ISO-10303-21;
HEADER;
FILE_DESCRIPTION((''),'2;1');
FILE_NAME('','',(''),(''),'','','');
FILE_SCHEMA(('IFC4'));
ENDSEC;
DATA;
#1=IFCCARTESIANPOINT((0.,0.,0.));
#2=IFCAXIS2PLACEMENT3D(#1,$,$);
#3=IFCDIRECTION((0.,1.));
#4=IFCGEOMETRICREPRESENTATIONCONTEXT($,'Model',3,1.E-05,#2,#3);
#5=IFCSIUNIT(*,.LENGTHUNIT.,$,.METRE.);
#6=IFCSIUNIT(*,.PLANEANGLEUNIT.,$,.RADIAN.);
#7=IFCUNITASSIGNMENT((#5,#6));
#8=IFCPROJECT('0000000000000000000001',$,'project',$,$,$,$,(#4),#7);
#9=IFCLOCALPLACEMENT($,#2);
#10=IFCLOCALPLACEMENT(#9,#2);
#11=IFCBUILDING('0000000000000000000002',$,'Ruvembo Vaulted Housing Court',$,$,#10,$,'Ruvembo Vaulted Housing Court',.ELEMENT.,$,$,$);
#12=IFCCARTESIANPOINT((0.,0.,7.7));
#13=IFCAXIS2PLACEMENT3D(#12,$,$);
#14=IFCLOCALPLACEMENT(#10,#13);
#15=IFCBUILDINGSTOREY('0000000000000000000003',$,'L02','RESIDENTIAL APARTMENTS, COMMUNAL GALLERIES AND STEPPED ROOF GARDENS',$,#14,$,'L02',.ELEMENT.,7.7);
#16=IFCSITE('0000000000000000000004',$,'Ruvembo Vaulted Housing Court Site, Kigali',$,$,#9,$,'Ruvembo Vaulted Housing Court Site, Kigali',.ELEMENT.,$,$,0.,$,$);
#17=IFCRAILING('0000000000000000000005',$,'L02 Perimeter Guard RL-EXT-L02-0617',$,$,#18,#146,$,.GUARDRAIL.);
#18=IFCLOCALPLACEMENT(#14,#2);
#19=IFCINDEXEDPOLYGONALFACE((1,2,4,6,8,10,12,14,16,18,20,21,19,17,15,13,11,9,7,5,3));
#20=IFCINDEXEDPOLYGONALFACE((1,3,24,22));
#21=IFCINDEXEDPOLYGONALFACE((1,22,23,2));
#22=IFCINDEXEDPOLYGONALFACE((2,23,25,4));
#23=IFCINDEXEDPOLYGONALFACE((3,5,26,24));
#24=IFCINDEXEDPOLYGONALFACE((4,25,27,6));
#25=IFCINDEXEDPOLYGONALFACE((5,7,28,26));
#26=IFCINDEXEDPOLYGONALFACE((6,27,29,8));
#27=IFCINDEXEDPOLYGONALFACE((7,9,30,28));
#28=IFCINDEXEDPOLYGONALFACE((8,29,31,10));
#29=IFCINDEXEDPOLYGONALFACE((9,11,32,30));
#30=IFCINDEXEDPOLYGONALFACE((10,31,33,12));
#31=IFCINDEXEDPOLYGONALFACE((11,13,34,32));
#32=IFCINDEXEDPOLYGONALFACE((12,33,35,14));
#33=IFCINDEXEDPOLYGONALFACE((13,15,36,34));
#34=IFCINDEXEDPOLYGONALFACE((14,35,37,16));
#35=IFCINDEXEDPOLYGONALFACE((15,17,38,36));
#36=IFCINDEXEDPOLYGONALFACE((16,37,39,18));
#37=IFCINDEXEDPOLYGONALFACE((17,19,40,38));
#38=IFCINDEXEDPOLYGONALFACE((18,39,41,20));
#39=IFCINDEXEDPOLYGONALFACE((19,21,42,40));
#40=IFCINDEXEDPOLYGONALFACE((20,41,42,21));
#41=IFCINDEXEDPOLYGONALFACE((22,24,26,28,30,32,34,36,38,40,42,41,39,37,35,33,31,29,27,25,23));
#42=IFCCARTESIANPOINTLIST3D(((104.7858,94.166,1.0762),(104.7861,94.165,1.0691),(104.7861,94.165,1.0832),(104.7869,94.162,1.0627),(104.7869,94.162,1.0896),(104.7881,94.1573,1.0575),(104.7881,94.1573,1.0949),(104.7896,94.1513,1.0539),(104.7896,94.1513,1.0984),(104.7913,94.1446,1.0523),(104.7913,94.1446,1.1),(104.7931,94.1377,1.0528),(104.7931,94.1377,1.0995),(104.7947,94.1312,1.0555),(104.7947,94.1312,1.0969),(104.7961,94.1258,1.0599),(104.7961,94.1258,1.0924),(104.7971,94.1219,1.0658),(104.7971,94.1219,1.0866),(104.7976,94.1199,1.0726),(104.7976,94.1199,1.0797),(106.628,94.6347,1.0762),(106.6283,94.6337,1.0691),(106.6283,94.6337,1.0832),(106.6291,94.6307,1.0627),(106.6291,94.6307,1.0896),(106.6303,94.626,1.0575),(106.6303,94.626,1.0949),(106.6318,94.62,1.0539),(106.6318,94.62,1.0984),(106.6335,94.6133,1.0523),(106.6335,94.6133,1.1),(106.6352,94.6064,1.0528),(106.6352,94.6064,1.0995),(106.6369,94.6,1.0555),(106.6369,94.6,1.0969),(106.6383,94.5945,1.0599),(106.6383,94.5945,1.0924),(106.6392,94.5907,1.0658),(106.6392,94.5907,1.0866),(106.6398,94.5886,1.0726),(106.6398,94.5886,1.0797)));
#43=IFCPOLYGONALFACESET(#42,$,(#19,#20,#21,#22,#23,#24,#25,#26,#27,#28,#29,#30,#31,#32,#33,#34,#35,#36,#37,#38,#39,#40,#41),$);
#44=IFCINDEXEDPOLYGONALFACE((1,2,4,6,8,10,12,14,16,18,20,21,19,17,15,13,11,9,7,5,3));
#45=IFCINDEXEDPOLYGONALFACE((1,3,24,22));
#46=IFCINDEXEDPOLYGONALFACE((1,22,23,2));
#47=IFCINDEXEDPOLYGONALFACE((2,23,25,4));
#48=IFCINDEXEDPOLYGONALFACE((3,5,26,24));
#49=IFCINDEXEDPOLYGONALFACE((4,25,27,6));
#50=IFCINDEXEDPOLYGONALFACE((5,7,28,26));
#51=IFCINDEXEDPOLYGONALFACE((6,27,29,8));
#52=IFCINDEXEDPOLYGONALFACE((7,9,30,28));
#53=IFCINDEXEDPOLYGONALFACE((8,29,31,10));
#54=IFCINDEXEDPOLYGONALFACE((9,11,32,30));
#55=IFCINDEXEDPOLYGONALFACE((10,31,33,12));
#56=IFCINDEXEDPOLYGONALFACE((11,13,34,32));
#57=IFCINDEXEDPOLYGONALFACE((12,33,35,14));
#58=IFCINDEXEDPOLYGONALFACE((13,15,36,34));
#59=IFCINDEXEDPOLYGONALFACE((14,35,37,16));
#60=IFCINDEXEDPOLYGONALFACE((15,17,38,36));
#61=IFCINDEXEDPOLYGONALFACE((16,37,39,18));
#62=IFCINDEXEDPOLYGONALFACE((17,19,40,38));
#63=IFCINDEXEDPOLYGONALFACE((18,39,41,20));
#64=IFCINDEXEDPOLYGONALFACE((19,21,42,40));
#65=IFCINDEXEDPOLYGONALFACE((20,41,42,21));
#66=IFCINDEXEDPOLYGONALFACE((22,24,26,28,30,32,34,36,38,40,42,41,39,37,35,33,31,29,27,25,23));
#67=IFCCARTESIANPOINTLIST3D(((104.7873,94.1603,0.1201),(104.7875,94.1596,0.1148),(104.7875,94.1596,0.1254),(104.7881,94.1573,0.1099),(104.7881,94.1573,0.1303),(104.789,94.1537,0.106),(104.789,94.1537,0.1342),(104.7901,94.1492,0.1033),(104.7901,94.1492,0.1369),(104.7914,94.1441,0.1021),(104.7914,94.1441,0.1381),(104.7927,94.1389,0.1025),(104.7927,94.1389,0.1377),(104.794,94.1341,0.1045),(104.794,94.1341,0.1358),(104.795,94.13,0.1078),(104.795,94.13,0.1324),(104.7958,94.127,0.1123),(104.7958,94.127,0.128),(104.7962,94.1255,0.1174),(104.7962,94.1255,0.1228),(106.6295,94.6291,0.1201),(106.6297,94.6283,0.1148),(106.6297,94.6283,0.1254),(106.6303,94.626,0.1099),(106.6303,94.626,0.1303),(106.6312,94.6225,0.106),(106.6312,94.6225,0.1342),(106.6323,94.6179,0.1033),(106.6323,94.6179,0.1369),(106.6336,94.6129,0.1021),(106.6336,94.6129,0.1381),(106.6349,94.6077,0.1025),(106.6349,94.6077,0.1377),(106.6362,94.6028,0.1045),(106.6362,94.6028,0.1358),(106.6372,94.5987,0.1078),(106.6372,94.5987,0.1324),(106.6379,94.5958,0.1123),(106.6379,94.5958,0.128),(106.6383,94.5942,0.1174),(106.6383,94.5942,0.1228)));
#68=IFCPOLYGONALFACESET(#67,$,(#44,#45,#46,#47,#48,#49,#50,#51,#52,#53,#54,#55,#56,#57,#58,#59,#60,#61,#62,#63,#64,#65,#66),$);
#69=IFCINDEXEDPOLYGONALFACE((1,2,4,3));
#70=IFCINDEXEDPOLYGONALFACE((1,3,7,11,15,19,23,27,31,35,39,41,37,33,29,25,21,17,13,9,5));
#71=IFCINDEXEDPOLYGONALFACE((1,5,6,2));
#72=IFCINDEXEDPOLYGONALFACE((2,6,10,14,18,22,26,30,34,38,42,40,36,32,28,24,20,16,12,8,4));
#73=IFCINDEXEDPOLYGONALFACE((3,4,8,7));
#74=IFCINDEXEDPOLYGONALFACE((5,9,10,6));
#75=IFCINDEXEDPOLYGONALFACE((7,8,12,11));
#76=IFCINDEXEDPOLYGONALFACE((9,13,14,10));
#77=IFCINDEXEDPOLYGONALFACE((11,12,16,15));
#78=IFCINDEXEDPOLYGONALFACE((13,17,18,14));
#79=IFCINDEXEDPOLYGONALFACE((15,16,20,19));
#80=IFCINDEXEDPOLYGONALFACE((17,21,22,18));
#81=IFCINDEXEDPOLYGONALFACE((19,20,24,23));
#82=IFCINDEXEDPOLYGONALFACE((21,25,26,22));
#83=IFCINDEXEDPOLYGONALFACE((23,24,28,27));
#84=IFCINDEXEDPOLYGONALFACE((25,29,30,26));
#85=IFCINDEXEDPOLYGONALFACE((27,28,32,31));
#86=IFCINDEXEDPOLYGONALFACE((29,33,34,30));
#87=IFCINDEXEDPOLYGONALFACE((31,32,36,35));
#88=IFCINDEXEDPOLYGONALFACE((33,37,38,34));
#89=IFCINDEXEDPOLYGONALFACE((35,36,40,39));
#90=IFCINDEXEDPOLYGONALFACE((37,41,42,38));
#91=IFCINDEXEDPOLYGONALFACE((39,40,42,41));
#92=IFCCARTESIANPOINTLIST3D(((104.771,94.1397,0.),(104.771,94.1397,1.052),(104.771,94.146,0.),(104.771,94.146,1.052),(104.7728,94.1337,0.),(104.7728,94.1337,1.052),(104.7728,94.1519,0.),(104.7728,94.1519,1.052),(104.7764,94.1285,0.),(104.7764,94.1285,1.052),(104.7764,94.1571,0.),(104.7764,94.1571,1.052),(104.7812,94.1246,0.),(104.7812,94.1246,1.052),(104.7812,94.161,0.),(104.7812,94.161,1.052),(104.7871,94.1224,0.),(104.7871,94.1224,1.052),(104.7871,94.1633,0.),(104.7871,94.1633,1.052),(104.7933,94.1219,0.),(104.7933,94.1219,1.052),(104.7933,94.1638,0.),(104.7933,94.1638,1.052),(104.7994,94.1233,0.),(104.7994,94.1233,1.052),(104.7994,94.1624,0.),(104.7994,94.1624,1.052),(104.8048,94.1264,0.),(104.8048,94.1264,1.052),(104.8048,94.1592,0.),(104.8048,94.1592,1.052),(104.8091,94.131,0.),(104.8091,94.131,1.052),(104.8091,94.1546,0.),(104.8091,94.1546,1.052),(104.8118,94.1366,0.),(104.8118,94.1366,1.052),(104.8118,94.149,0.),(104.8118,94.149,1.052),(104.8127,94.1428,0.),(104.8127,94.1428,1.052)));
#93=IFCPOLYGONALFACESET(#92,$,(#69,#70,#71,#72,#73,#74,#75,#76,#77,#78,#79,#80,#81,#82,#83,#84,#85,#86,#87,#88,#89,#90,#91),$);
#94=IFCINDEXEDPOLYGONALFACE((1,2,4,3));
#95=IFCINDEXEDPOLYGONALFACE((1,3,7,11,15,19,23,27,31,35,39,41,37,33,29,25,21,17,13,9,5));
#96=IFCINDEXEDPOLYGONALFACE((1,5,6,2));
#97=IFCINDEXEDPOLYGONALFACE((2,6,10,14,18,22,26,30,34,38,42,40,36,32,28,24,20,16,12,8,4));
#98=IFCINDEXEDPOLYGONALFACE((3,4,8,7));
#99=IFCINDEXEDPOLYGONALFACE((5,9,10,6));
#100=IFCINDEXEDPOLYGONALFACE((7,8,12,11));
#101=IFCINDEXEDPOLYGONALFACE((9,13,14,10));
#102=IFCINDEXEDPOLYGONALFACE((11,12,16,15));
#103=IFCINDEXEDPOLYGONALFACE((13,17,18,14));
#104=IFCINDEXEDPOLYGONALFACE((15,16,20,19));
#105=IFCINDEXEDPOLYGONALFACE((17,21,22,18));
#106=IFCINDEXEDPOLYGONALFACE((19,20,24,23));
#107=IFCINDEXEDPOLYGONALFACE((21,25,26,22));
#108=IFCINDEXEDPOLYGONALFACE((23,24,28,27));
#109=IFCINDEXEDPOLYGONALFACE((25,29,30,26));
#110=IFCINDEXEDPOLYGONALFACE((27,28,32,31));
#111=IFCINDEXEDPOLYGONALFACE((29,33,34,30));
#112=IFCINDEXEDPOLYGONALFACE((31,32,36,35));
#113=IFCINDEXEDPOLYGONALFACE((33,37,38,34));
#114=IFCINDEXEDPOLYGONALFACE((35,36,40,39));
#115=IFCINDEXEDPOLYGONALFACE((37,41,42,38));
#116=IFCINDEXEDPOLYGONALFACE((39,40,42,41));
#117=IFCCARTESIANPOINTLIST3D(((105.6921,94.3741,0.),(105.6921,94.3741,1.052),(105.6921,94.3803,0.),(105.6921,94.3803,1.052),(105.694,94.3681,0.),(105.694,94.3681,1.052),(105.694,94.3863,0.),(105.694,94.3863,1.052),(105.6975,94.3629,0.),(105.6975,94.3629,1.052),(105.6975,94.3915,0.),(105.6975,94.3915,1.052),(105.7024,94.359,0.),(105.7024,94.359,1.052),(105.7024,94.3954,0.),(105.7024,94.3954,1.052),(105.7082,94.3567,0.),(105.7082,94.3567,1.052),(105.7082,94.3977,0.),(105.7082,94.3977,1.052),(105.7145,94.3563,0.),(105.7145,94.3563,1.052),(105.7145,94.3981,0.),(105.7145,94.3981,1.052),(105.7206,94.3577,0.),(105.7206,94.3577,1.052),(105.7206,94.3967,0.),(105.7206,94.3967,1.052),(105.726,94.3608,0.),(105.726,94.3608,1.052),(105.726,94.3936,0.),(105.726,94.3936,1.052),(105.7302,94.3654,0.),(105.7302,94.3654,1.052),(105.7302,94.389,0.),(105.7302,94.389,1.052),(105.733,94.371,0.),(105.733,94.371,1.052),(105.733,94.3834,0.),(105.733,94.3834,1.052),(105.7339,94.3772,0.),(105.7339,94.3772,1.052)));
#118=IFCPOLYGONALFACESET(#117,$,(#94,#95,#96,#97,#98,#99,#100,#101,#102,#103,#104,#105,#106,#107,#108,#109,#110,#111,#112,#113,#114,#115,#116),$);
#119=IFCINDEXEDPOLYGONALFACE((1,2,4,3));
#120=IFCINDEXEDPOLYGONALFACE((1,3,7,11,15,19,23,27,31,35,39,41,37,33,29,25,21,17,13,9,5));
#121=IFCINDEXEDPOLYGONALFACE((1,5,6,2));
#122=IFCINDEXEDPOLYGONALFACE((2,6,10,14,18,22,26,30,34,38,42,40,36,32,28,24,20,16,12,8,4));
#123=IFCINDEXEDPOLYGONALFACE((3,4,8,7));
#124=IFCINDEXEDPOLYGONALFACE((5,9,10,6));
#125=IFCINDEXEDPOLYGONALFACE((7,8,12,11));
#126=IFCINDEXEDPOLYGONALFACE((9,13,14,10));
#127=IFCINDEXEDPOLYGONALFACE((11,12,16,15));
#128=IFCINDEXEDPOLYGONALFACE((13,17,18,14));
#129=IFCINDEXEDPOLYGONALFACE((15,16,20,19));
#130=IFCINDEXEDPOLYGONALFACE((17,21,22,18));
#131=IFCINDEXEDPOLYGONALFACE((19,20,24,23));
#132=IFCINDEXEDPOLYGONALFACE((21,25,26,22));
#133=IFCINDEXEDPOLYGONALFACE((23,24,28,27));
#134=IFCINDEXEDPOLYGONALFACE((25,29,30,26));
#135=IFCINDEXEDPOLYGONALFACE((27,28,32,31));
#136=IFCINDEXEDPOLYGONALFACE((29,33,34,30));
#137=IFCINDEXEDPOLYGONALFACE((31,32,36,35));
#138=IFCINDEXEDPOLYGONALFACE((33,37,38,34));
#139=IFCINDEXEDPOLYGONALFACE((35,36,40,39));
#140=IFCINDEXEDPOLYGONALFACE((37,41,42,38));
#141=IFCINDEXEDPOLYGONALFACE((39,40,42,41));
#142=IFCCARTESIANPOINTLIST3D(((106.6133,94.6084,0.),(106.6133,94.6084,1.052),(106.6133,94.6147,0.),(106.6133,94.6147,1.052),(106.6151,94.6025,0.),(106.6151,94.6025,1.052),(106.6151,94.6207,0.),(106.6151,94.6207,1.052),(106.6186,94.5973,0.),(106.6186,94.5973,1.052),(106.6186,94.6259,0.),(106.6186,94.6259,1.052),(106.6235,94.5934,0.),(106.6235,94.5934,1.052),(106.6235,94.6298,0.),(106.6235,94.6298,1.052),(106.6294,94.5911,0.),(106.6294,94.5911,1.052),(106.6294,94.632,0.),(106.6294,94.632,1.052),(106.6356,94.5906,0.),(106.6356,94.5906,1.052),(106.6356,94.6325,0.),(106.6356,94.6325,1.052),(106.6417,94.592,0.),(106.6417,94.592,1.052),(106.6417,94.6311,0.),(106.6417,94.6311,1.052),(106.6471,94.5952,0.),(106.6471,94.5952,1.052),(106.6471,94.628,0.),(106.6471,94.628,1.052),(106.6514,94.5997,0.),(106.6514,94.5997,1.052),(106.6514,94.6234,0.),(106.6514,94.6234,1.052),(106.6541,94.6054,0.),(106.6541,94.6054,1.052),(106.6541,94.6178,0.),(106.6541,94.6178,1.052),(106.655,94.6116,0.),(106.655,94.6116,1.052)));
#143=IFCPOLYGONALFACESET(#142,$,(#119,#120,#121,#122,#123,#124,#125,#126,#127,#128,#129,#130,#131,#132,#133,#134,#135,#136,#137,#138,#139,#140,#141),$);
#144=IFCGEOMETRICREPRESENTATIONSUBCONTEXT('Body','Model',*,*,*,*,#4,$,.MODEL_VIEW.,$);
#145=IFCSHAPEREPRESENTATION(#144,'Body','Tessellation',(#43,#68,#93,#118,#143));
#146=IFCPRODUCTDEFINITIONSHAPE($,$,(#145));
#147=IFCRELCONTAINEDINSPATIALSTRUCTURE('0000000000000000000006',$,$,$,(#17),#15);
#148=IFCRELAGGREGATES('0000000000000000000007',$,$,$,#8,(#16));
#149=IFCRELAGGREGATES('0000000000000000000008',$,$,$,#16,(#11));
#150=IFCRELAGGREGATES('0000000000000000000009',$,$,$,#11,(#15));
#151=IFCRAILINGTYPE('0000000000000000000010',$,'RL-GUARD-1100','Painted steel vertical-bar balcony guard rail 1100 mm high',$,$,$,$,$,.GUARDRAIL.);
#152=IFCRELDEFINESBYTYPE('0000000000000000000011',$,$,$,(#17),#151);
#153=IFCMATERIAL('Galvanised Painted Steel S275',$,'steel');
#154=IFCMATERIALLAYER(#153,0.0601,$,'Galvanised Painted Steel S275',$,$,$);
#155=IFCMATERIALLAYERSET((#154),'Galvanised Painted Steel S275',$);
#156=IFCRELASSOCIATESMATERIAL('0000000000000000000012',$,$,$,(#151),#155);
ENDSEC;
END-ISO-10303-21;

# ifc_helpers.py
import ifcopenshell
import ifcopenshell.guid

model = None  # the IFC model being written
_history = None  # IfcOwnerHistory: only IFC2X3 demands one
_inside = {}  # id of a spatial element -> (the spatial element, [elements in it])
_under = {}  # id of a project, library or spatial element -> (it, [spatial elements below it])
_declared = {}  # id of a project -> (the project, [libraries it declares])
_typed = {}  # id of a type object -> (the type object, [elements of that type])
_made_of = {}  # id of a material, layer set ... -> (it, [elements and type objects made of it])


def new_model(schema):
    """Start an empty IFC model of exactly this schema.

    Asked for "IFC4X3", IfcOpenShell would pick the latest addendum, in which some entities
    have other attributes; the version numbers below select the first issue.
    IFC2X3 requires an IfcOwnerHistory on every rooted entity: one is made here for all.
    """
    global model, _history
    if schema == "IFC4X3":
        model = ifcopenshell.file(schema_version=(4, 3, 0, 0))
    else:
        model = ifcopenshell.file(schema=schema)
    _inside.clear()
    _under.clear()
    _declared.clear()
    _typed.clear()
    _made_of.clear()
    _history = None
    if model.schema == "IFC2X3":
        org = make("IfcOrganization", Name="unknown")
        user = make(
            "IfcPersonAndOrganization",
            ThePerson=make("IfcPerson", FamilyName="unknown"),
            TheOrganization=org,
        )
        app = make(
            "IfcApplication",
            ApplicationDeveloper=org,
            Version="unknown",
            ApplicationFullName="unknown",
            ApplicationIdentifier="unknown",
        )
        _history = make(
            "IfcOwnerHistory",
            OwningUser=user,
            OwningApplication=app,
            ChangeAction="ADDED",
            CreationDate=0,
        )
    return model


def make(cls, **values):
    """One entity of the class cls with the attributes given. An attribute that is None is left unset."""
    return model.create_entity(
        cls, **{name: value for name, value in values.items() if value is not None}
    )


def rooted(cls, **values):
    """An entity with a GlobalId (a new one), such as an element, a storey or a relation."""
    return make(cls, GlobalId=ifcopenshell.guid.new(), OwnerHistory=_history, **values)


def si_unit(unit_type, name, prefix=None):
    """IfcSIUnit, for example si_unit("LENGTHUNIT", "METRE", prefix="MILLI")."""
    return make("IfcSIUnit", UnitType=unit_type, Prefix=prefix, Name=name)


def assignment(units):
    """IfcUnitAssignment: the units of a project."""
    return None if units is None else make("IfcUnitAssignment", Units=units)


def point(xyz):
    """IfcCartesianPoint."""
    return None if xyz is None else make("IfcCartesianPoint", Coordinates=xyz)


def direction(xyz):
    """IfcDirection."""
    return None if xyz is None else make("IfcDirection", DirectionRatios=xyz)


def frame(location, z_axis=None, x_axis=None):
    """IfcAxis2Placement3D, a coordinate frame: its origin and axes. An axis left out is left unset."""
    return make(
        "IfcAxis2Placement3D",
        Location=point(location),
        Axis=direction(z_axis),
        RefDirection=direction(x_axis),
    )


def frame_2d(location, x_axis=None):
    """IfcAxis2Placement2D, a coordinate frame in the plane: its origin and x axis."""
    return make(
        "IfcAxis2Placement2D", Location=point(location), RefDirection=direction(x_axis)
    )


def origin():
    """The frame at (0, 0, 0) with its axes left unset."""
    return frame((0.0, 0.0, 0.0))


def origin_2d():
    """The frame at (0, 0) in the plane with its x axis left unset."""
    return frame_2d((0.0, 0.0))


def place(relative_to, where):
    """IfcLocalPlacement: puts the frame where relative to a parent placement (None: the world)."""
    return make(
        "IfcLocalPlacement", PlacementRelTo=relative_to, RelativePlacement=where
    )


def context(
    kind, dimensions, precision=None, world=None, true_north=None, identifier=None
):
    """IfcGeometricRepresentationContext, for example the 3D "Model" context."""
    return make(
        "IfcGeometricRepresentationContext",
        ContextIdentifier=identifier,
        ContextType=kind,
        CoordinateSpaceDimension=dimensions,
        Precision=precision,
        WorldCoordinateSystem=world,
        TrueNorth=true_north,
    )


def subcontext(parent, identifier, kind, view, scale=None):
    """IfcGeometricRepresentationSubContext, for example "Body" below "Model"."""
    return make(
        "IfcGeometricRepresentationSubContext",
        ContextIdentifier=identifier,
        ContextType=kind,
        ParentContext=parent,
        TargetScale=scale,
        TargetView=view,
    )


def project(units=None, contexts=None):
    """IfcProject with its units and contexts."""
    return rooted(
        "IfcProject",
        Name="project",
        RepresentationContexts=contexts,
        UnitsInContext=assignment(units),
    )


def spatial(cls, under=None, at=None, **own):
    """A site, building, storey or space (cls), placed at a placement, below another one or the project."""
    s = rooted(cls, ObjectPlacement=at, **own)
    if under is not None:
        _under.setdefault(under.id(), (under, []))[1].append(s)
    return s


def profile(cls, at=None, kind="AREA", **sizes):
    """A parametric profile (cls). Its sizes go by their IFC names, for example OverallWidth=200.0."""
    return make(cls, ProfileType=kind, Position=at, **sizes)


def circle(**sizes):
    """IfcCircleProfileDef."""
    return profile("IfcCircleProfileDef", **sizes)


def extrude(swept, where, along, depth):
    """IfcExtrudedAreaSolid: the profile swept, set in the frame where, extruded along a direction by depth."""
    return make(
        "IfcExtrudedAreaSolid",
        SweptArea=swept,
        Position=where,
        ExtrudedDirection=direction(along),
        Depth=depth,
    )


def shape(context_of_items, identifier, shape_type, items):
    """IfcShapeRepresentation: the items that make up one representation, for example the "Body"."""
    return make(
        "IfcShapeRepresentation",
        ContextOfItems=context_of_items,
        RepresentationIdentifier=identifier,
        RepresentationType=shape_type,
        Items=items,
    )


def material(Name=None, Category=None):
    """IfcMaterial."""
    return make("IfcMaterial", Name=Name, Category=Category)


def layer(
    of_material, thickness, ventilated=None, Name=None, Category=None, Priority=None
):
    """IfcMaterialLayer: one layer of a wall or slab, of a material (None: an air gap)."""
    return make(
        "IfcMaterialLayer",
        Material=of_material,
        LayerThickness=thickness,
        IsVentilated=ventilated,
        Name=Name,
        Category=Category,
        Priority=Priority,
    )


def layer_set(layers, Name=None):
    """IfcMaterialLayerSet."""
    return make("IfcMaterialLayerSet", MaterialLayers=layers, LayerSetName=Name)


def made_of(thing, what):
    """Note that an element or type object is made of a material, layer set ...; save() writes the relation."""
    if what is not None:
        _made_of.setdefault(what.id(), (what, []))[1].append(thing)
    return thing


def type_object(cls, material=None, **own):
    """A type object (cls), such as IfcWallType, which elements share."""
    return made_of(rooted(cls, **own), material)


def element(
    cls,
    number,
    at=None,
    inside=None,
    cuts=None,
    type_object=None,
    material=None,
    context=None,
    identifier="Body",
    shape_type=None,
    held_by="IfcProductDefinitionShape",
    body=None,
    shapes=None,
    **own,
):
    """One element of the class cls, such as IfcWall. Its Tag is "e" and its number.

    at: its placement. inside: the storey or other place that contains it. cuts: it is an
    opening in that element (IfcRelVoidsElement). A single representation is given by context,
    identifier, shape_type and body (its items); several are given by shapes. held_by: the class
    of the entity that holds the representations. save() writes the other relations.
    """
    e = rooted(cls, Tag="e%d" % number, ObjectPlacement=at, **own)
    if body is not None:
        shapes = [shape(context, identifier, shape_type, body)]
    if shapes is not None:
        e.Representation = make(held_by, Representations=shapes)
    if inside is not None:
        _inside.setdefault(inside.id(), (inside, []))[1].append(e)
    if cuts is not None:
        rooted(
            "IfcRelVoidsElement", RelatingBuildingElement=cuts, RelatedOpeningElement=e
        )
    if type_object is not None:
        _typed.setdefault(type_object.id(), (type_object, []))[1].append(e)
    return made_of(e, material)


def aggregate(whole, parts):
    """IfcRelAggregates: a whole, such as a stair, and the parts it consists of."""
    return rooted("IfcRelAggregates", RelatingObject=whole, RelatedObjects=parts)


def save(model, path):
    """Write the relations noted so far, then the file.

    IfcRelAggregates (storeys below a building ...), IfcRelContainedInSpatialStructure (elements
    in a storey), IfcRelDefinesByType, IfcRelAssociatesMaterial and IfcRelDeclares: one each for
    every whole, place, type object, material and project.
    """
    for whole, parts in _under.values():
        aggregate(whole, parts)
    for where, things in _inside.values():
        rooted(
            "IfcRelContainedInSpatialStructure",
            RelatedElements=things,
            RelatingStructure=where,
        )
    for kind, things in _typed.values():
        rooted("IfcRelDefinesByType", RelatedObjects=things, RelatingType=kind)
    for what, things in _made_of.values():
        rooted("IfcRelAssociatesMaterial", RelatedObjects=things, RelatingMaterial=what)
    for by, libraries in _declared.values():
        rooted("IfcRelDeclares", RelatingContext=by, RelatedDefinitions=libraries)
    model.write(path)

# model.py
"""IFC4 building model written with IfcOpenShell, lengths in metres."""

from ifc_helpers import new_model, si_unit, direction, frame, origin, origin_2d, place, context, subcontext, project, spatial, circle, extrude, material, layer, layer_set, type_object, element, save


model = new_model("IFC4")

# Units and contexts
model_context = context("Model", 3, precision=1e-05, world=origin(), true_north=direction((0.0, 1.0)))
body_context = subcontext(model_context, "Body", "Model", "MODEL_VIEW")
ifc_project = project(units=[si_unit("LENGTHUNIT", "METRE"), si_unit("PLANEANGLEUNIT", "RADIAN")], contexts=[model_context])

# Site, building, storey
site_placement = place(None, origin())
site = spatial("IfcSite", under=ifc_project, at=site_placement, Name="Ruvembo Vaulted Housing Court Site, Kigali", LongName="Ruvembo Vaulted Housing Court Site, Kigali", CompositionType="ELEMENT", RefElevation=0.0)
building_placement = place(site_placement, origin())
building = spatial("IfcBuilding", under=site, at=building_placement, Name="Ruvembo Vaulted Housing Court", LongName="Ruvembo Vaulted Housing Court", CompositionType="ELEMENT")
storey_placement = place(building_placement, frame((0.0, 0.0, 7.7)))
storey = spatial("IfcBuildingStorey", under=building, at=storey_placement, Name="L02", Description="RESIDENTIAL APARTMENTS, COMMUNAL GALLERIES AND STEPPED ROOF GARDENS", LongName="L02", CompositionType="ELEMENT", Elevation=7.7)

# Railing
ifc_material_1 = material(Name="Galvanised Painted Steel S275", Category="steel")
ifc_layer = layer(ifc_material_1, 0.0601, Name="Galvanised Painted Steel S275")
ifc_layer_set = layer_set([ifc_layer], Name="Galvanised Painted Steel S275")
railing_type = type_object("IfcRailingType", Name="RL-GUARD-1100", Description="Painted steel vertical-bar balcony guard rail 1100 mm high", PredefinedType="GUARDRAIL", material=ifc_layer_set)
railing_1_placement = place(storey_placement, frame((104.7917, 94.1428, 0.0)))
element("IfcRailing", 1, at=railing_1_placement, inside=storey, type_object=railing_type, Name="L02 Perimeter Guard RL-EXT-L02-0617", PredefinedType="GUARDRAIL", context=body_context, shape_type="SweptSolid", body=[
    extrude(circle(Radius=0.0239, at=origin_2d()), frame((0.0, 0.0, 1.0762), z_axis=(0.969122, 0.246583, 0.0), x_axis=(-0.246583, 0.969122, 0.0)), (0.0, 0.0, 1.0), 1.9009),
    extrude(circle(Radius=0.0181, at=origin_2d()), frame((0.0, 0.0, 0.1201), z_axis=(0.969122, 0.246583, 0.0), x_axis=(-0.246583, 0.969122, 0.0)), (0.0, 0.0, 1.0), 1.9009),
    extrude(circle(Radius=0.021, at=origin_2d()), origin(), (0.0, 0.0, 1.0), 1.052),
    extrude(circle(Radius=0.021, at=origin_2d()), frame((0.9211, 0.2344, 0.0)), (0.0, 0.0, 1.0), 1.052),
    extrude(circle(Radius=0.021, at=origin_2d()), frame((1.8423, 0.4688, 0.0)), (0.0, 0.0, 1.0), 1.052),
])

save(model, "model.ifc")
